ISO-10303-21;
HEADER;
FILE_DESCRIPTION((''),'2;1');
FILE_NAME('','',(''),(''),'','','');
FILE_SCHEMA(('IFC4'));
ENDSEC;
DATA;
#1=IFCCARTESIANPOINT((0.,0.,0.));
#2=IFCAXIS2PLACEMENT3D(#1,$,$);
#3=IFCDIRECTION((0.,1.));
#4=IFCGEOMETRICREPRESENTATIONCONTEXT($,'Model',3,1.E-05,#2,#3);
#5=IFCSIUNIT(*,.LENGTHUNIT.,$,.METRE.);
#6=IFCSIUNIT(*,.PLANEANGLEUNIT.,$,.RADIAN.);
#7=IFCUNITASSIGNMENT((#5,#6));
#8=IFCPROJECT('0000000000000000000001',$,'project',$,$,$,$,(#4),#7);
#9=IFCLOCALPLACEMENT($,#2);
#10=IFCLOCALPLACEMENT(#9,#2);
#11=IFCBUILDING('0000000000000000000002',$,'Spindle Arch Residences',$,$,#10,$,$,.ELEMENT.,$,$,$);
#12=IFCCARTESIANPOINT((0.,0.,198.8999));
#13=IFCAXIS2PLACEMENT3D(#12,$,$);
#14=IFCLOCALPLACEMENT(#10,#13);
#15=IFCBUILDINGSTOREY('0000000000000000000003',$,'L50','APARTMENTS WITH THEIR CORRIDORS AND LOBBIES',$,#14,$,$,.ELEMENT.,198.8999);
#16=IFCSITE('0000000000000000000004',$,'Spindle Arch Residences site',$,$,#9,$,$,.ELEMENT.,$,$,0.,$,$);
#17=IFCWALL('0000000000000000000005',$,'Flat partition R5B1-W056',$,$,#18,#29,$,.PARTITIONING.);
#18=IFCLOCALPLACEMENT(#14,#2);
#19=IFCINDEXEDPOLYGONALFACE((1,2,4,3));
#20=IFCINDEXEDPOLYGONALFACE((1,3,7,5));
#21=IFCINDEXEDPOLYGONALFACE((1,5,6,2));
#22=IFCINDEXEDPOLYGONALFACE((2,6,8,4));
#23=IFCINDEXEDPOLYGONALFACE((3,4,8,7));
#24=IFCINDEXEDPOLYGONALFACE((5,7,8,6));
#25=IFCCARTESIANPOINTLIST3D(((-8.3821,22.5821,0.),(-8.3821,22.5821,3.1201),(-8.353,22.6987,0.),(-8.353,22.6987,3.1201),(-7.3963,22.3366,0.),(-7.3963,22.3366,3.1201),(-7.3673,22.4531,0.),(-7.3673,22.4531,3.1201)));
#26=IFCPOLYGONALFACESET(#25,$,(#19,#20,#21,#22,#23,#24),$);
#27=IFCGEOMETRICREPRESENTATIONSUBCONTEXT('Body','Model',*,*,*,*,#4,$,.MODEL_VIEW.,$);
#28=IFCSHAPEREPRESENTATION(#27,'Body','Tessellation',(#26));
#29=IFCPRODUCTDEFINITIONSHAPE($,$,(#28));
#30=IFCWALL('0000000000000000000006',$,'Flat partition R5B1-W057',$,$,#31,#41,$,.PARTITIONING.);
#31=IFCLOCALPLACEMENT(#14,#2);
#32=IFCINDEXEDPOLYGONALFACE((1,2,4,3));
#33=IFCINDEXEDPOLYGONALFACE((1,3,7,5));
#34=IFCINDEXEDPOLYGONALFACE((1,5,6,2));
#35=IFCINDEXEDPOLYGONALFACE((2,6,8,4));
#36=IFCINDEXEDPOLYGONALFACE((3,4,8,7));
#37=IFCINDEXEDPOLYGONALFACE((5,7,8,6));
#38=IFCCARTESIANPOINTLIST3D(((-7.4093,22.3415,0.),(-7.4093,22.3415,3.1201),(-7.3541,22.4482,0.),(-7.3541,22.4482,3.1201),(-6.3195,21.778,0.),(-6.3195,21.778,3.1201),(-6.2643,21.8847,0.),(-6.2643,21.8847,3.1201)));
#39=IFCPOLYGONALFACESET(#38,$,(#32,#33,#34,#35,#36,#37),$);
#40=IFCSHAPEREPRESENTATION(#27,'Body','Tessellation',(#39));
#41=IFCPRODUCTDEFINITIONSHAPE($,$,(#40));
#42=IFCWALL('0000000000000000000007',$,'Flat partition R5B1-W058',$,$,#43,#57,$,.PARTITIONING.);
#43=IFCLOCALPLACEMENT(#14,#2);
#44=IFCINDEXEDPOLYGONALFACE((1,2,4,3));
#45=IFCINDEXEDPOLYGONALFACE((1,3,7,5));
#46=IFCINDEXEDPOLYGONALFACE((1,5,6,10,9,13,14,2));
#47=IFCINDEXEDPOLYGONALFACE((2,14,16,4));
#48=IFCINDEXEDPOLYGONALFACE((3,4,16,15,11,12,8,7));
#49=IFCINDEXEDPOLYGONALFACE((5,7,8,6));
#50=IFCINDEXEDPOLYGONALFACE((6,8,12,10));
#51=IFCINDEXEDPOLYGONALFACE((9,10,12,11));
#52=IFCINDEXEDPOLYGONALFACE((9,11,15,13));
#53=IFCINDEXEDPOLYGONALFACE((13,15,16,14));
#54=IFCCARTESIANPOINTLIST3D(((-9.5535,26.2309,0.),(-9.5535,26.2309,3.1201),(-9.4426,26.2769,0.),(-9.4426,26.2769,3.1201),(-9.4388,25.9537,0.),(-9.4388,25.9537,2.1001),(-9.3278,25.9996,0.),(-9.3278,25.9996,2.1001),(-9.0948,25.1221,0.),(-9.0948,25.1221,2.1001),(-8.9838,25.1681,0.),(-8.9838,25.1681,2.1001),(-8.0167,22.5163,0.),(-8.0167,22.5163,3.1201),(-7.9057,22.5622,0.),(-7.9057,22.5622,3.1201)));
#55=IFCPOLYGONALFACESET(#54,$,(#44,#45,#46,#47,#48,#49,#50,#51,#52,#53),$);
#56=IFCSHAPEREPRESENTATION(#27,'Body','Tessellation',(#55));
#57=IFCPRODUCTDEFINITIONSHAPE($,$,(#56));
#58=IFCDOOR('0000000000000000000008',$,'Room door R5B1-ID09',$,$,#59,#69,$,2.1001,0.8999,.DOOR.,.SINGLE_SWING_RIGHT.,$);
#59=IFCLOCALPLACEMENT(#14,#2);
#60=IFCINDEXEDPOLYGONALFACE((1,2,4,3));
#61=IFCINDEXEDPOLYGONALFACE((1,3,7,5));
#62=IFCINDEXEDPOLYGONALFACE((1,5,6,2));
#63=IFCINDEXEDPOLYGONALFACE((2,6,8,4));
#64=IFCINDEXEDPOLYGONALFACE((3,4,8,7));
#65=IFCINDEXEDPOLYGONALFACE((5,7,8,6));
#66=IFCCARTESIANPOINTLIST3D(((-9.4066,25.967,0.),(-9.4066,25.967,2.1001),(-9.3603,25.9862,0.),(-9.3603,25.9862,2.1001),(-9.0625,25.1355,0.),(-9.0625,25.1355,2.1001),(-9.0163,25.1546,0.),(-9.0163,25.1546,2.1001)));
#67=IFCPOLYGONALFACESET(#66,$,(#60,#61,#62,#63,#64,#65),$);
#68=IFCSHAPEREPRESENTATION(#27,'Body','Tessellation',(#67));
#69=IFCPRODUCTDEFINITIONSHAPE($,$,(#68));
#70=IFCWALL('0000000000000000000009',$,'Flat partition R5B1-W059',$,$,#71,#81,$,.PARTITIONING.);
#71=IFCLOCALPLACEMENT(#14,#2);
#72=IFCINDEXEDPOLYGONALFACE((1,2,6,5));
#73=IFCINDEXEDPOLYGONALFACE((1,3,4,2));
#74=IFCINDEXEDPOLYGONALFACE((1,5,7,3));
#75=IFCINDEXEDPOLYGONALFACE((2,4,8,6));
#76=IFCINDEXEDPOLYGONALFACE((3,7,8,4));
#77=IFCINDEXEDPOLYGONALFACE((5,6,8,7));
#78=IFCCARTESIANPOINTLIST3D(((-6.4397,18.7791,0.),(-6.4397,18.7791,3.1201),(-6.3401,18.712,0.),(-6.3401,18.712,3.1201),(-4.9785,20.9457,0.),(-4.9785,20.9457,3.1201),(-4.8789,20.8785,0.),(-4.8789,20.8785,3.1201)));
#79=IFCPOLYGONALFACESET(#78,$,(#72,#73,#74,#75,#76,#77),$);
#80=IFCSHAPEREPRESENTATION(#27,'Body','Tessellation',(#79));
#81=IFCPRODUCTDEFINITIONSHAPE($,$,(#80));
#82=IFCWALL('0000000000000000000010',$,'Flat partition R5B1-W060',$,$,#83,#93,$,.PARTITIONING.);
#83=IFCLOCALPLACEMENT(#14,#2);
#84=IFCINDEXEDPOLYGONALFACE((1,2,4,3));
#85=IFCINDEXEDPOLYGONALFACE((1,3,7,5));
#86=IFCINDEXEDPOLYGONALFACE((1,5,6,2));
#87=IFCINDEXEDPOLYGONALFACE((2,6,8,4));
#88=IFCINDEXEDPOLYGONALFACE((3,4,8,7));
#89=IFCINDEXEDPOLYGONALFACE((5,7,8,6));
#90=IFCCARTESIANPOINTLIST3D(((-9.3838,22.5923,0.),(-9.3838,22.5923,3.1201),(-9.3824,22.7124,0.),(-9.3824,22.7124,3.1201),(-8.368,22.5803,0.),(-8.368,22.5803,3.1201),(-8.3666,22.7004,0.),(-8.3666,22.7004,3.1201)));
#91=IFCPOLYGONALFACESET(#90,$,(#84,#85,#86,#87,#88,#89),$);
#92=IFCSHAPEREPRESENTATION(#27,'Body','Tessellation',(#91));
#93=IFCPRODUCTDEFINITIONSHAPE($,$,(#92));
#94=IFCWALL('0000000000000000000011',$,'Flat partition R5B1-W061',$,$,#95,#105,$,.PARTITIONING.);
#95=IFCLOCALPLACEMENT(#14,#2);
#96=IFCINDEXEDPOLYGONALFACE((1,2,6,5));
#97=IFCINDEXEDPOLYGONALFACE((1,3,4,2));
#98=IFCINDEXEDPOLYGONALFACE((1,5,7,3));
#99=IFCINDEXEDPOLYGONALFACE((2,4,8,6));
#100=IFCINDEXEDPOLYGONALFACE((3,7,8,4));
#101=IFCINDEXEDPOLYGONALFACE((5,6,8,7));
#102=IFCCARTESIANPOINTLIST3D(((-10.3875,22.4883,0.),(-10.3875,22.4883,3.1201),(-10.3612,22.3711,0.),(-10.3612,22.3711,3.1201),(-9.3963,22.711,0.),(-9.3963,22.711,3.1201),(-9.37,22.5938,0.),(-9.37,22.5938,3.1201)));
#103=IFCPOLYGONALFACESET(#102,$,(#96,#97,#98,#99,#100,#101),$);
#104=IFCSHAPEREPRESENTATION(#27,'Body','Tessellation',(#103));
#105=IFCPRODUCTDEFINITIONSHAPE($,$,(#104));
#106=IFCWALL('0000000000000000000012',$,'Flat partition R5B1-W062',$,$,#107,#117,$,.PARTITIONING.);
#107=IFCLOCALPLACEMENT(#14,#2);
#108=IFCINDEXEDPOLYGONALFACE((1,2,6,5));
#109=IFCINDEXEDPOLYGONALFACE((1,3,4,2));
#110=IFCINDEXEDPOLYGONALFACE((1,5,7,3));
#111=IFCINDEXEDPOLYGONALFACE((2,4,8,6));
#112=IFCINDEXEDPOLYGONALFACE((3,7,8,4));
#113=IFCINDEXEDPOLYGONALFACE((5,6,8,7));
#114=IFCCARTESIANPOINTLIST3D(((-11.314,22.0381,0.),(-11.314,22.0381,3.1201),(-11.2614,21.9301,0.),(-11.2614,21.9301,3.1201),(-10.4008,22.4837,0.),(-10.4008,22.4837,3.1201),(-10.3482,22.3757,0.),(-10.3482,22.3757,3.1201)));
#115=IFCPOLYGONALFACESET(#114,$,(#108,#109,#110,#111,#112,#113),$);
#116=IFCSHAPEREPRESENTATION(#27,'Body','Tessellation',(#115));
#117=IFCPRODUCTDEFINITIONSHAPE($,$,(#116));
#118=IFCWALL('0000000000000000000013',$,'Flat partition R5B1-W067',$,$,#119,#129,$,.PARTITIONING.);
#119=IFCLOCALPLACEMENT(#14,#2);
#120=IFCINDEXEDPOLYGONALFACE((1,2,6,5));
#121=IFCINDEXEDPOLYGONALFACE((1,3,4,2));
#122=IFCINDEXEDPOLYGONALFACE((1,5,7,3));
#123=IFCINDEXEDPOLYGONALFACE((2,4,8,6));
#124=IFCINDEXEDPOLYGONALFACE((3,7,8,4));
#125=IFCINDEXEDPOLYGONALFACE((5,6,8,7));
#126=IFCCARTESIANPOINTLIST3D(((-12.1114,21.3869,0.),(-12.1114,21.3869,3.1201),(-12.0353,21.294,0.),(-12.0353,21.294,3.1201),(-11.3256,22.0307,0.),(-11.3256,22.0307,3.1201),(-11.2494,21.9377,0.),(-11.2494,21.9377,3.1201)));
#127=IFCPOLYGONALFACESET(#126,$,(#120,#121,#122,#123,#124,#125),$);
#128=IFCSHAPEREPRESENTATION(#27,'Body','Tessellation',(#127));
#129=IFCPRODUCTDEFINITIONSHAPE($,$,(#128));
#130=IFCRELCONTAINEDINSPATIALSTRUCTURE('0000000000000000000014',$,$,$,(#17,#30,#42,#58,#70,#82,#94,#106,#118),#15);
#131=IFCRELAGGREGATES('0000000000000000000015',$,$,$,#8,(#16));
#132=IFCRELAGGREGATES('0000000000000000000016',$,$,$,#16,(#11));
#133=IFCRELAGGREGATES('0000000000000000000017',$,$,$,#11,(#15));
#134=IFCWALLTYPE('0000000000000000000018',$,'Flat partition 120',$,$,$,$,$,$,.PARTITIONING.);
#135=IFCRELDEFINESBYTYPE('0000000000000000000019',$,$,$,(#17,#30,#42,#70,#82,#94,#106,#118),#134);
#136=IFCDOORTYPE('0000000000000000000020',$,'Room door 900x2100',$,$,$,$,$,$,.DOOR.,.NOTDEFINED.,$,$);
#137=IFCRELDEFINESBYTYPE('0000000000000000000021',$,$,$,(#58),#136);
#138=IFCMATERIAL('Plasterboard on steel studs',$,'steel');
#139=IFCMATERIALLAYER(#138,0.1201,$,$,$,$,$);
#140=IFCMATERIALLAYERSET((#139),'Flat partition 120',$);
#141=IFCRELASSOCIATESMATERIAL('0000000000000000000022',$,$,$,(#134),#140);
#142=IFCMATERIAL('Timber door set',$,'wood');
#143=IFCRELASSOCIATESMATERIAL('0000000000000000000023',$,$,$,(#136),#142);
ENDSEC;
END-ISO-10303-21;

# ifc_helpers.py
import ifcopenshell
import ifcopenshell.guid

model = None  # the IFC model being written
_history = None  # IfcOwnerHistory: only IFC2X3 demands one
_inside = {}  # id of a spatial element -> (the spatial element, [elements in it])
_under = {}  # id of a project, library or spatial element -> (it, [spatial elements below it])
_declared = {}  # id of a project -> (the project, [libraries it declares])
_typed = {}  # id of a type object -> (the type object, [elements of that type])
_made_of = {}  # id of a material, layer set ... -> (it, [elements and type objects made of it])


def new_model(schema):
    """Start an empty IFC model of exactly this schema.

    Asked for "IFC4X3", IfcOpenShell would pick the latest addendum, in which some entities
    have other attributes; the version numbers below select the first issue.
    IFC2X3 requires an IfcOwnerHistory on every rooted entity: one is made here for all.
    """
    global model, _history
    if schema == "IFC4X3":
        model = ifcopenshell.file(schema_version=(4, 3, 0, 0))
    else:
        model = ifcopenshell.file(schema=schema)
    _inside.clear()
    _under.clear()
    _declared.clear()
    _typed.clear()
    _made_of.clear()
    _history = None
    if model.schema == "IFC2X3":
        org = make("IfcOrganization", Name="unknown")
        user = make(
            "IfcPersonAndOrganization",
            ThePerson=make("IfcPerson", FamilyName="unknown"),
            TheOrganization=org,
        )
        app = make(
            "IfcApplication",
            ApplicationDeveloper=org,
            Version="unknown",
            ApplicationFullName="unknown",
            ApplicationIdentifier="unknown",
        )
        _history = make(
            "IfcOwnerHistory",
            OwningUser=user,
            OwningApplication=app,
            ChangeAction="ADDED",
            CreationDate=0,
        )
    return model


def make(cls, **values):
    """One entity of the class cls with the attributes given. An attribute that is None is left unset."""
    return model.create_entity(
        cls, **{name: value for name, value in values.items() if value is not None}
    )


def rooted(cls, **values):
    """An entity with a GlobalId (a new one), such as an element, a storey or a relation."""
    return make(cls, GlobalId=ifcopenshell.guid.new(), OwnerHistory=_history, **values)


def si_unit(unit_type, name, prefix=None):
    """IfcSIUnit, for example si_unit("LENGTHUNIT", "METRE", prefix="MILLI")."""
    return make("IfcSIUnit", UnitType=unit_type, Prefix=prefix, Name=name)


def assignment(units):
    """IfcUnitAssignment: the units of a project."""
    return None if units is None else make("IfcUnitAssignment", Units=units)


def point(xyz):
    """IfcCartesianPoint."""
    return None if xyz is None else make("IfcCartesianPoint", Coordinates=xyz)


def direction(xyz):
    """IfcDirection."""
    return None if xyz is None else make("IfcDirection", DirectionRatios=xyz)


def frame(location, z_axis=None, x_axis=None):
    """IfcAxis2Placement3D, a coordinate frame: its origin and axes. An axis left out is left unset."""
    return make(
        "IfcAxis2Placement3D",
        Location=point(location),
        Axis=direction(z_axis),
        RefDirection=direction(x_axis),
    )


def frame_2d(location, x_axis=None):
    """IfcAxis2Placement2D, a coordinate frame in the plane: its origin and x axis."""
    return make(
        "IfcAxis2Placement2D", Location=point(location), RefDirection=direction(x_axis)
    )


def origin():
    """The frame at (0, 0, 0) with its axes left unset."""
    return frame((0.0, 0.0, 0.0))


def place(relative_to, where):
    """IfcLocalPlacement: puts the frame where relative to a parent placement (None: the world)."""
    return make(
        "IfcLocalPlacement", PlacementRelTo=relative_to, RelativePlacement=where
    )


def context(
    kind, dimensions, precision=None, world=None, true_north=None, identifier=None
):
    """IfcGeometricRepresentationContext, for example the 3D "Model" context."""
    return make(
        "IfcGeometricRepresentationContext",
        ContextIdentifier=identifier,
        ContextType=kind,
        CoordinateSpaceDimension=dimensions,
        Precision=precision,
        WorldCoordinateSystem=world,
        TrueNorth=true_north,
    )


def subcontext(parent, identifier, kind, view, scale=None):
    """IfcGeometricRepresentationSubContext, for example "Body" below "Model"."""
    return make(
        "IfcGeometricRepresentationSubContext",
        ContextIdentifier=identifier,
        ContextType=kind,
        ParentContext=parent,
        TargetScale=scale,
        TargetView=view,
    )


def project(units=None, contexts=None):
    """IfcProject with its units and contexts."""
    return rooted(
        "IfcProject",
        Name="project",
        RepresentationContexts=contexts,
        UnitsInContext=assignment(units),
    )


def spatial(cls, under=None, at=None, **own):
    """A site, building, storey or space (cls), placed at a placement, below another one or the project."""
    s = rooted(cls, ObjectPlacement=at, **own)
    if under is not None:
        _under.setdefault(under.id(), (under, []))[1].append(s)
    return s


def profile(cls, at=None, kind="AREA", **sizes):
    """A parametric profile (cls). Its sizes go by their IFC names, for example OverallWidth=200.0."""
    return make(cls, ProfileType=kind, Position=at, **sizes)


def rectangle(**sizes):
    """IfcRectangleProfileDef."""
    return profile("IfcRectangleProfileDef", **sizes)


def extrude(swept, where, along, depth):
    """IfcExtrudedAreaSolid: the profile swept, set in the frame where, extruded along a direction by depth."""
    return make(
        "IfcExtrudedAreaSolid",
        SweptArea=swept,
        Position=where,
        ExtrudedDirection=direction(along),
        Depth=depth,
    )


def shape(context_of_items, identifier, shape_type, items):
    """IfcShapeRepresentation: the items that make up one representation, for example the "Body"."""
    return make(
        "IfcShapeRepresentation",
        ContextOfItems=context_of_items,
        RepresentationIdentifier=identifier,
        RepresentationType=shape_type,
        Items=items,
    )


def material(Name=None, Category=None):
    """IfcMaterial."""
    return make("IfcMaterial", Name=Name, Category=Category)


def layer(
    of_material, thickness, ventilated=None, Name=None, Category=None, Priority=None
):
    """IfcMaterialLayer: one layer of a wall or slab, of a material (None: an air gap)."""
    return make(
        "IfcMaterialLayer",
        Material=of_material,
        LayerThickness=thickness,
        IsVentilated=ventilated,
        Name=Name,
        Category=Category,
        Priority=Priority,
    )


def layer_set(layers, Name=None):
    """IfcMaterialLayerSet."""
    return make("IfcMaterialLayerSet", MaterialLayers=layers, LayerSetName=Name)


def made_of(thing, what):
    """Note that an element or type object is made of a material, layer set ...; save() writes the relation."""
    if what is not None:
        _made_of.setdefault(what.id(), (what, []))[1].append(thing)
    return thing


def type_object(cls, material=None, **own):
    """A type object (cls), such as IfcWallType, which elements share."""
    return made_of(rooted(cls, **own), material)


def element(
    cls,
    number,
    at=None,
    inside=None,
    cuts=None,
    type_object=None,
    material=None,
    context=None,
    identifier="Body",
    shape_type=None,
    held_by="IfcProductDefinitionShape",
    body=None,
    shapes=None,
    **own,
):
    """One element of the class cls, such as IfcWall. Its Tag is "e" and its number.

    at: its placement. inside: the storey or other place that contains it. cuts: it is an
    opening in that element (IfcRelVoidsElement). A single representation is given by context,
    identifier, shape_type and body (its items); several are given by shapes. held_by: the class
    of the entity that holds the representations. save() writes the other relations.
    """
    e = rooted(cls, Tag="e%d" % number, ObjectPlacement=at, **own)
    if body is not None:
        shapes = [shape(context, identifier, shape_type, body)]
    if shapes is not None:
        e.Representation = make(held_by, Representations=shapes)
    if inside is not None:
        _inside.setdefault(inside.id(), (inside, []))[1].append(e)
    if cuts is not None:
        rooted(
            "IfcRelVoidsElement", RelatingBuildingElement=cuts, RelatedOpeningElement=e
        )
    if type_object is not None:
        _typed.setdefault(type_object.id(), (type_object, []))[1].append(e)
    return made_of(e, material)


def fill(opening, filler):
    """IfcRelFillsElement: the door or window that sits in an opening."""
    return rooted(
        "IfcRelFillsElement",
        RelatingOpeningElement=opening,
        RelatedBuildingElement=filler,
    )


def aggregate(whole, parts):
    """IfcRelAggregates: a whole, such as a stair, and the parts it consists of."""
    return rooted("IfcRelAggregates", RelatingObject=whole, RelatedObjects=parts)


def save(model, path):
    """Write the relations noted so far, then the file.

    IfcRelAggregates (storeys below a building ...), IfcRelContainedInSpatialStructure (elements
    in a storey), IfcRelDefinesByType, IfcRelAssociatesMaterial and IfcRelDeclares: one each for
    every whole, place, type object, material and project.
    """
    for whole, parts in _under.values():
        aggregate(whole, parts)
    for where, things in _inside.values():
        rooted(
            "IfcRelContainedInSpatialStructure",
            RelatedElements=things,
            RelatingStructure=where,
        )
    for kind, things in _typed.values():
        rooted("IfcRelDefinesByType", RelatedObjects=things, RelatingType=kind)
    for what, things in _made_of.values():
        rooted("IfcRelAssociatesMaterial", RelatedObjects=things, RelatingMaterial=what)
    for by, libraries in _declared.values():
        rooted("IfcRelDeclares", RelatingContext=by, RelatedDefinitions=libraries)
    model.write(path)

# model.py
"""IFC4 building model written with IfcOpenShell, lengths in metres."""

from ifc_helpers import new_model, si_unit, direction, frame, frame_2d, origin, place, context, subcontext, project, spatial, rectangle, extrude, material, layer, layer_set, type_object, element, fill, save


model = new_model("IFC4")

# Units and contexts
model_context = context("Model", 3, precision=1e-05, world=origin(), true_north=direction((0.0, 1.0)))
body_context = subcontext(model_context, "Body", "Model", "MODEL_VIEW")
ifc_project = project(units=[si_unit("LENGTHUNIT", "METRE"), si_unit("PLANEANGLEUNIT", "RADIAN")], contexts=[model_context])

# Site, building, storey
site_placement = place(None, origin())
site = spatial("IfcSite", under=ifc_project, at=site_placement, Name="Spindle Arch Residences site", CompositionType="ELEMENT", RefElevation=0.0)
building_placement = place(site_placement, origin())
building = spatial("IfcBuilding", under=site, at=building_placement, Name="Spindle Arch Residences", CompositionType="ELEMENT")
storey_placement = place(building_placement, frame((0.0, 0.0, 198.8999)))
storey = spatial("IfcBuildingStorey", under=building, at=storey_placement, Name="L50", Description="APARTMENTS WITH THEIR CORRIDORS AND LOBBIES", CompositionType="ELEMENT", Elevation=198.8999)

# Shared definitions
ifc_material_1 = material(Name="Plasterboard on steel studs", Category="steel")
ifc_layer_1 = layer(ifc_material_1, 0.1201)
ifc_layer_set_1 = layer_set([ifc_layer_1], Name="Flat partition 120")
wall_type = type_object("IfcWallType", Name="Flat partition 120", PredefinedType="PARTITIONING", material=ifc_layer_set_1)

# Shared definitions
ifc_material_2 = material(Name="Timber door set", Category="wood")
door_type = type_object("IfcDoorType", Name="Room door 900x2100", OperationType="NOTDEFINED", PredefinedType="DOOR", material=ifc_material_2)

# Walls
wall_1_placement = place(storey_placement, frame((-8.3674, 22.6404, 0.0), z_axis=(0.0, 0.0, 1.0), x_axis=(0.97034, -0.241744, 0.0)))
element("IfcWall", 1, at=wall_1_placement, inside=storey, type_object=wall_type, Name="Flat partition R5B1-W056", PredefinedType="PARTITIONING", context=body_context, shape_type="SweptSolid", body=[
    extrude(rectangle(XDim=1.0159, YDim=0.1201, at=frame_2d((0.5078, 0.0))), origin(), (0.0, 0.0, 1.0), 3.1201),
])
wall_2_placement = place(storey_placement, frame((-7.3816, 22.3948, 0.0), z_axis=(0.0, 0.0, 1.0), x_axis=(0.888296, -0.459271, 0.0)))
element("IfcWall", 2, at=wall_2_placement, inside=storey, type_object=wall_type, Name="Flat partition R5B1-W057", PredefinedType="PARTITIONING", context=body_context, shape_type="SweptSolid", body=[
    extrude(rectangle(XDim=1.2268, YDim=0.1201, at=frame_2d((0.6133, 0.0))), origin(), (0.0, 0.0, 1.0), 3.1201),
])

# Wall, opening, door
wall_3_placement = place(storey_placement, frame((-9.498, 26.2539, 0.0), z_axis=(0.0, 0.0, 1.0), x_axis=(0.382307, -0.924035, 0.0)))
wall_3 = element("IfcWall", 3, at=wall_3_placement, inside=storey, type_object=wall_type, Name="Flat partition R5B1-W058", PredefinedType="PARTITIONING", context=body_context, shape_type="SweptSolid", body=[
    extrude(rectangle(XDim=4.02, YDim=0.1201, at=frame_2d((2.01, 0.0))), origin(), (0.0, 0.0, 1.0), 3.1201),
])
opening_1_placement = place(wall_3_placement, frame((0.3, 0.0, 0.0)))
opening_1 = element("IfcOpeningElement", 4, at=opening_1_placement, cuts=wall_3, PredefinedType="OPENING", context=body_context, shape_type="SweptSolid", body=[
    extrude(rectangle(XDim=0.8999, YDim=2.1001, at=frame_2d((0.45, 1.05))), frame((0.0, 0.0701, 0.0), z_axis=(0.0, -1.0, 0.0), x_axis=(1.0, 0.0, 0.0)), (0.0, 0.0, 1.0), 0.1401),
])
door_1_placement = place(opening_1_placement, origin())
door_1 = element("IfcDoor", 5, at=door_1_placement, inside=storey, type_object=door_type, Name="Room door R5B1-ID09", OperationType="SINGLE_SWING_RIGHT", OverallHeight=2.1001, OverallWidth=0.8999, PredefinedType="DOOR", context=body_context, shape_type="SweptSolid", body=[
    extrude(rectangle(XDim=0.8999, YDim=2.1001, at=frame_2d((0.45, 1.05))), frame((0.0, 0.0249, 0.0), z_axis=(0.0, -1.0, 0.0), x_axis=(1.0, 0.0, 0.0)), (0.0, 0.0, 1.0), 0.05),
])
fill(opening_1, door_1)

# Walls
wall_4_placement = place(storey_placement, frame((-4.9287, 20.9121, 0.0), z_axis=(0.0, 0.0, 1.0), x_axis=(-0.559155, -0.829063, 0.0)))
element("IfcWall", 6, at=wall_4_placement, inside=storey, type_object=wall_type, Name="Flat partition R5B1-W059", PredefinedType="PARTITIONING", context=body_context, shape_type="SweptSolid", body=[
    extrude(rectangle(XDim=2.6133, YDim=0.1201, at=frame_2d((1.3066, 0.0))), origin(), (0.0, 0.0, 1.0), 3.1201),
])
for number, where, z_axis, x_axis, name in (
    (7, (-8.3674, 22.6404, 0.0), (0.0, 0.0, 1.0), (-0.999931, 0.011775, 0.0), "Flat partition R5B1-W060"),
    (8, (-9.3833, 22.6523, 0.0), (0.0, 0.0, 1.0), (-0.975687, -0.219169, 0.0), "Flat partition R5B1-W061"),
):
    element("IfcWall", number, at=place(storey_placement, frame(where, z_axis=z_axis, x_axis=x_axis)), inside=storey, type_object=wall_type, Name=name, PredefinedType="PARTITIONING", context=body_context, shape_type="SweptSolid", body=[
        extrude(rectangle(XDim=1.0159, YDim=0.1201, at=frame_2d((0.5078, 0.0))), origin(), (0.0, 0.0, 1.0), 3.1201),
    ])
wall_5_placement = place(storey_placement, frame((-10.3745, 22.4297, 0.0), z_axis=(0.0, 0.0, 1.0), x_axis=(-0.898711, -0.438542, 0.0)))
element("IfcWall", 9, at=wall_5_placement, inside=storey, type_object=wall_type, Name="Flat partition R5B1-W062", PredefinedType="PARTITIONING", context=body_context, shape_type="SweptSolid", body=[
    extrude(rectangle(XDim=1.0161, YDim=0.1201, at=frame_2d((0.5081, 0.0))), origin(), (0.0, 0.0, 1.0), 3.1201),
])
wall_6_placement = place(storey_placement, frame((-11.2876, 21.9841, 0.0), z_axis=(0.0, 0.0, 1.0), x_axis=(-0.773572, -0.633709, 0.0)))
element("IfcWall", 10, at=wall_6_placement, inside=storey, type_object=wall_type, Name="Flat partition R5B1-W067", PredefinedType="PARTITIONING", context=body_context, shape_type="SweptSolid", body=[
    extrude(rectangle(XDim=1.0159, YDim=0.1201, at=frame_2d((0.5078, 0.0))), origin(), (0.0, 0.0, 1.0), 3.1201),
])

save(model, "model.ifc")
